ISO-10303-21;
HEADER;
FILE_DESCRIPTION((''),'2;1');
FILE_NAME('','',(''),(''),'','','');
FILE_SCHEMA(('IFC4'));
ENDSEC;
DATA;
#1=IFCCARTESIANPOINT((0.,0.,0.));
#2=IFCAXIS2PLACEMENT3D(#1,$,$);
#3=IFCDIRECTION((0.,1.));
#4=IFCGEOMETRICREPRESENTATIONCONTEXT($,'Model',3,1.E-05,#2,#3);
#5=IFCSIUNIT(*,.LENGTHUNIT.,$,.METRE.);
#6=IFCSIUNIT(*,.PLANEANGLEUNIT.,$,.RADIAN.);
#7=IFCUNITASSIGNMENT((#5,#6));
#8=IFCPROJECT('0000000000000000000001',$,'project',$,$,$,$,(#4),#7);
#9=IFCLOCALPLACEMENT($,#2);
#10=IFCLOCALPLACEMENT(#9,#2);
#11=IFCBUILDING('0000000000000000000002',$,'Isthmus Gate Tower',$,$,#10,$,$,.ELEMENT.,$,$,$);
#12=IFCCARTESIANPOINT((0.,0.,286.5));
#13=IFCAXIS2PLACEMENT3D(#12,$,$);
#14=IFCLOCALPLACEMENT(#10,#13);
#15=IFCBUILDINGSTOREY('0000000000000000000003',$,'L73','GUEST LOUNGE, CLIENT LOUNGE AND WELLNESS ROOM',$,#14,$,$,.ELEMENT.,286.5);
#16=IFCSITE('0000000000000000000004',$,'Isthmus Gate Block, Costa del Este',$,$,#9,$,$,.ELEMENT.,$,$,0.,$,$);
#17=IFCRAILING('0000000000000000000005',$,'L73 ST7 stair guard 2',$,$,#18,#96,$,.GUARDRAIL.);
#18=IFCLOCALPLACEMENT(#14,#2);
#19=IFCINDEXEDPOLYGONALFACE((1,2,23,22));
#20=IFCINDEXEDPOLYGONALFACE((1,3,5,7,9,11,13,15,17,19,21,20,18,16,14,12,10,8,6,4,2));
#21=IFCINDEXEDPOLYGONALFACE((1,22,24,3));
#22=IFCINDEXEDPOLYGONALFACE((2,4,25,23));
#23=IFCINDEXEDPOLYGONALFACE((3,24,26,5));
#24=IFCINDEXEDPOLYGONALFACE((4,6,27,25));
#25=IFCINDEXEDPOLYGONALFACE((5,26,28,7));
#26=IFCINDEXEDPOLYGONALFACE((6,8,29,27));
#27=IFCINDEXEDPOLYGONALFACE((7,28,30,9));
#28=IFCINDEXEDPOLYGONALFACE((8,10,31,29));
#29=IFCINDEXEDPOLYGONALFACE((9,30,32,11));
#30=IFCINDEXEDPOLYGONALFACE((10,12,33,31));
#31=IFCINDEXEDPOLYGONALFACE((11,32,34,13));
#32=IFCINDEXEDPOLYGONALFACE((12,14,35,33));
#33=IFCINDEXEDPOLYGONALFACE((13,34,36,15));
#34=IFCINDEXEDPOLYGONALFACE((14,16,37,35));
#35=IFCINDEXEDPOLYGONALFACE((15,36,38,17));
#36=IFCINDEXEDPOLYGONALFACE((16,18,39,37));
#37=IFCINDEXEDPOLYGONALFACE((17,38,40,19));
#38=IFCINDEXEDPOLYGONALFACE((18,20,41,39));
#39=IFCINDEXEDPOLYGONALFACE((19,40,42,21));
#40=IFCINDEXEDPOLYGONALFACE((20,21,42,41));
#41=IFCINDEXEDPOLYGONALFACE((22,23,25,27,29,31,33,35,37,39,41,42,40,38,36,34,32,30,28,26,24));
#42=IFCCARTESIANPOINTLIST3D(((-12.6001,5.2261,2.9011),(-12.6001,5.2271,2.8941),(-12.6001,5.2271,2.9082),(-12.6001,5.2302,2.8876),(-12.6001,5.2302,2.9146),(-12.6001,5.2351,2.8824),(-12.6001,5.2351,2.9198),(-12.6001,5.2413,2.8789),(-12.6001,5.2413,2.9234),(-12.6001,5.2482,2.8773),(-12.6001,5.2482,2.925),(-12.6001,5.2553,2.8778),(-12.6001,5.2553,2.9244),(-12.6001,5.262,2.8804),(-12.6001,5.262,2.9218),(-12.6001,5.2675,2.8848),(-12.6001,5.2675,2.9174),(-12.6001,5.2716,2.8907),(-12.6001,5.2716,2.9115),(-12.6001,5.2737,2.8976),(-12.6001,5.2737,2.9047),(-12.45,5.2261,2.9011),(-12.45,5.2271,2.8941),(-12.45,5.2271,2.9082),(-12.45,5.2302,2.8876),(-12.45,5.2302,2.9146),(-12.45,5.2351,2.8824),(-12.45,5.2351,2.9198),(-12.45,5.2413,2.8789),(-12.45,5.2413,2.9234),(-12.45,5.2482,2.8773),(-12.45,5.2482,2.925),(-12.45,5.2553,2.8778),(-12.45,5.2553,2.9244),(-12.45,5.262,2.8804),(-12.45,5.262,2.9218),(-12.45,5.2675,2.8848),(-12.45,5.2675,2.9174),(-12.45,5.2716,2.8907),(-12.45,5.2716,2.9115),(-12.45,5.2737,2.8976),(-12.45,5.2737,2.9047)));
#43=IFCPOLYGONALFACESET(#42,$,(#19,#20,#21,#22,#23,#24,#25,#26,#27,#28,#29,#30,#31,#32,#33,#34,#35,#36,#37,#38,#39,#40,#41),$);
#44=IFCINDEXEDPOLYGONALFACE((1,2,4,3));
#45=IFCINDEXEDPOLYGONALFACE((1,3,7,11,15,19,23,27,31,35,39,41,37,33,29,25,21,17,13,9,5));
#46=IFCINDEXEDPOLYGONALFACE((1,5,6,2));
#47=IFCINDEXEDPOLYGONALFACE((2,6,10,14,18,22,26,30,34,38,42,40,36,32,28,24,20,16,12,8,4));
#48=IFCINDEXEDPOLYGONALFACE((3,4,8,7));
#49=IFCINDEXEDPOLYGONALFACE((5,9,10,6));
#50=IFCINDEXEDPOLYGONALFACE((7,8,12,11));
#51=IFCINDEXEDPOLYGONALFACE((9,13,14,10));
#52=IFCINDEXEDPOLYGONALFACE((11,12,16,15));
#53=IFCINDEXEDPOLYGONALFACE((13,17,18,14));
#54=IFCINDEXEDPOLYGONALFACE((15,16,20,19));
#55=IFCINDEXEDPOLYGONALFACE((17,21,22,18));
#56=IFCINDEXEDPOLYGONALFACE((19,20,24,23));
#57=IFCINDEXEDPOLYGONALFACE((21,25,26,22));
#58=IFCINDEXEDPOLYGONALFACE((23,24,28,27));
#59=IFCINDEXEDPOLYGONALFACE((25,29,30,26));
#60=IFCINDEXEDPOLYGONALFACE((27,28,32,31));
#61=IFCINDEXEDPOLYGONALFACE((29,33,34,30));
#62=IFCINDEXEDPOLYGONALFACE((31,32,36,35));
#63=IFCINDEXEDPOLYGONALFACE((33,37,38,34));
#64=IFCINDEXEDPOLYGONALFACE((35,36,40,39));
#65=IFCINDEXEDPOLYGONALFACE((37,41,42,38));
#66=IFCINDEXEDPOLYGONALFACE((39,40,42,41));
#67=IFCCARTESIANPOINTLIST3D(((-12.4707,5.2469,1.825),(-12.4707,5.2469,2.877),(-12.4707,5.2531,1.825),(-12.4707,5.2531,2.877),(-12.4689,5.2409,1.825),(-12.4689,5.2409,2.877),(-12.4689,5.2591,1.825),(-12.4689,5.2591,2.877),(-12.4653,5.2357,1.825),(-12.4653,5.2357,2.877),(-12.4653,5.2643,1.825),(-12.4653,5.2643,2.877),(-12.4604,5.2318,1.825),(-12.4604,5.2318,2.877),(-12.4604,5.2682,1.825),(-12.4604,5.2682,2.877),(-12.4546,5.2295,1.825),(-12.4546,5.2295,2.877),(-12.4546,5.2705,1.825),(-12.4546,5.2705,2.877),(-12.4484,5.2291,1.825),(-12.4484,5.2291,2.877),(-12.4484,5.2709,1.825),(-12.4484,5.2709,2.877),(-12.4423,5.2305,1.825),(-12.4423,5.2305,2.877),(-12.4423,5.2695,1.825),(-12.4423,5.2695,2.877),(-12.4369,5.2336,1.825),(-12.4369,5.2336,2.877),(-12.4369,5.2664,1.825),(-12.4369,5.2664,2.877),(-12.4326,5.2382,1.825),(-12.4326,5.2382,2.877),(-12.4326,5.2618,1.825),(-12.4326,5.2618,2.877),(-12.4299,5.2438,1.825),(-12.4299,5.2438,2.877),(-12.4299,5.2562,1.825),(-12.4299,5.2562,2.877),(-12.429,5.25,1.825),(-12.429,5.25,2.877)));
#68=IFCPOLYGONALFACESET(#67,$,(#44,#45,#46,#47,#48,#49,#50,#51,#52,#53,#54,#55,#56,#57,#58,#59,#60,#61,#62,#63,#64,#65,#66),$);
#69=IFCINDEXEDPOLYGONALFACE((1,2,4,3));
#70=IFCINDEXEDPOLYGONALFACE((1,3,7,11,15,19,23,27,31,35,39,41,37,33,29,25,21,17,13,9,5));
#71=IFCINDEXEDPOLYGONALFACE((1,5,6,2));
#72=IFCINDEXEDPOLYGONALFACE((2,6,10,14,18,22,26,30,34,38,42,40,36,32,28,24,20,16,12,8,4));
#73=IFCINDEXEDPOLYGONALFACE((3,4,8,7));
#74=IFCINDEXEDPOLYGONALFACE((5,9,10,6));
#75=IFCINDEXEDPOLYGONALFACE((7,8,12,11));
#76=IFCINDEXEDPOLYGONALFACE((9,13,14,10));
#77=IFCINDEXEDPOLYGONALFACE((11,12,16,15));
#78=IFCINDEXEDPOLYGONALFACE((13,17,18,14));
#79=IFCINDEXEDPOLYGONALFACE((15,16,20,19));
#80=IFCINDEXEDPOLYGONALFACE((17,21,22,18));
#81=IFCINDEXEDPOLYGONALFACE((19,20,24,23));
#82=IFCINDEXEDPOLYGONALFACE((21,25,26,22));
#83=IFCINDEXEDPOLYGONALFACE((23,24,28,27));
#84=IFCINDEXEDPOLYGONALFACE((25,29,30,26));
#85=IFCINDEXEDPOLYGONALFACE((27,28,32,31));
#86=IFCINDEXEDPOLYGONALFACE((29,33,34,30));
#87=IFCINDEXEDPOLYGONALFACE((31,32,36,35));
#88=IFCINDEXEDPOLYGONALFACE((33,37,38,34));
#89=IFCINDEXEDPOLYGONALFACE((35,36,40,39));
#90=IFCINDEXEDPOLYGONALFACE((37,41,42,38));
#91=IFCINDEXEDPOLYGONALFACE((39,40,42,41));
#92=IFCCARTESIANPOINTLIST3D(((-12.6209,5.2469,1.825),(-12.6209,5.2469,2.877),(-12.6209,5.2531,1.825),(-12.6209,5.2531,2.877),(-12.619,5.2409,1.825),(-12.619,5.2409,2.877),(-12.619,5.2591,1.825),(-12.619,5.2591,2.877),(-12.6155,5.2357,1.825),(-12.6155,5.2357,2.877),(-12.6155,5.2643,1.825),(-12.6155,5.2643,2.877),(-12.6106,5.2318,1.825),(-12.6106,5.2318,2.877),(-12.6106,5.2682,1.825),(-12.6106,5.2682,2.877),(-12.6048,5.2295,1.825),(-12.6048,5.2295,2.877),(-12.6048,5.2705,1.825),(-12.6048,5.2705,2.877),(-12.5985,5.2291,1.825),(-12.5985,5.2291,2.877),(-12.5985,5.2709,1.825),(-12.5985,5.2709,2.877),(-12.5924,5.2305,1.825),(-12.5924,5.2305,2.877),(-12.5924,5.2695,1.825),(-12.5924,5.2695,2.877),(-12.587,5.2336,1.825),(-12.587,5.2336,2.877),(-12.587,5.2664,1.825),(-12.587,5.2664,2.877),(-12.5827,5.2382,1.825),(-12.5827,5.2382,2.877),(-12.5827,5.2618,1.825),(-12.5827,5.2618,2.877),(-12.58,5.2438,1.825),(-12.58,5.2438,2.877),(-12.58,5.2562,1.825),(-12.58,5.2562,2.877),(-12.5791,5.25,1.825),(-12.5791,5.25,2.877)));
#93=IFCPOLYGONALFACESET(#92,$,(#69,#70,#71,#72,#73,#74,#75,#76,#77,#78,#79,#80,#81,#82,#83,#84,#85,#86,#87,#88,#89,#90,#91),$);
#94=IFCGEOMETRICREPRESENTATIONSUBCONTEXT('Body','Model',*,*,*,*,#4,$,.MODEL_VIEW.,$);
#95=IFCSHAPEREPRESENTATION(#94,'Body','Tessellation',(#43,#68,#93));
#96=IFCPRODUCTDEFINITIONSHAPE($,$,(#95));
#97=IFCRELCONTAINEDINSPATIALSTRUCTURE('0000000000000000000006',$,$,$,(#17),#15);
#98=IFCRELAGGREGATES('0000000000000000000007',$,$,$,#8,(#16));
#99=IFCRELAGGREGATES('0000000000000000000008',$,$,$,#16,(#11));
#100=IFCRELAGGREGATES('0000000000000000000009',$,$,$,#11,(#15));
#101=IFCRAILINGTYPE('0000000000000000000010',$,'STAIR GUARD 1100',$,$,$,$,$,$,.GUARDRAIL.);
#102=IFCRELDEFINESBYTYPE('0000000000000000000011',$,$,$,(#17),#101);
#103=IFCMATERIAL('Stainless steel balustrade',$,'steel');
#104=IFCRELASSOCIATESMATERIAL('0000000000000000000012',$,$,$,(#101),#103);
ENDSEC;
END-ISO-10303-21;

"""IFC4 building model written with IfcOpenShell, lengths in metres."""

from ifc_helpers import new_model, si_unit, direction, frame, origin, origin_2d, place, context, subcontext, project, spatial, circle, extrude, material, type_object, element, save


model = new_model("IFC4")

# Units and contexts
model_context = context("Model", 3, precision=1e-05, world=origin(), true_north=direction((0.0, 1.0)))
body_context = subcontext(model_context, "Body", "Model", "MODEL_VIEW")
ifc_project = project(units=[si_unit("LENGTHUNIT", "METRE"), si_unit("PLANEANGLEUNIT", "RADIAN")], contexts=[model_context])

# Site, building, storey
site_placement = place(None, origin())
site = spatial("IfcSite", under=ifc_project, at=site_placement, Name="Isthmus Gate Block, Costa del Este", CompositionType="ELEMENT", RefElevation=0.0)
building_placement = place(site_placement, origin())
building = spatial("IfcBuilding", under=site, at=building_placement, Name="Isthmus Gate Tower", CompositionType="ELEMENT")
storey_placement = place(building_placement, frame((0.0, 0.0, 286.5)))
storey = spatial("IfcBuildingStorey", under=building, at=storey_placement, Name="L73", Description="GUEST LOUNGE, CLIENT LOUNGE AND WELLNESS ROOM", CompositionType="ELEMENT", Elevation=286.5)

# Railing
ifc_material_1 = material(Name="Stainless steel balustrade", Category="steel")
railing_type_1 = type_object("IfcRailingType", Name="STAIR GUARD 1100", PredefinedType="GUARDRAIL", material=ifc_material_1)
railing_1_placement = place(storey_placement, frame((-12.45, 5.25, 1.825)))
element("IfcRailing", 1, at=railing_1_placement, inside=storey, type_object=railing_type_1, Name="L73 ST7 stair guard 2", PredefinedType="GUARDRAIL", context=body_context, shape_type="SweptSolid", body=[
    extrude(circle(Radius=0.0239, at=origin_2d()), frame((0.0, 0.0, 1.0762), z_axis=(-1.0, 0.0, 0.0), x_axis=(0.0, -1.0, 0.0)), (0.0, 0.0, 1.0), 0.1501),
    extrude(circle(Radius=0.021, at=origin_2d()), origin(), (0.0, 0.0, 1.0), 1.052),
    extrude(circle(Radius=0.021, at=origin_2d()), frame((-0.1501, 0.0, 0.0)), (0.0, 0.0, 1.0), 1.052),
])

save(model, "model.ifc")
